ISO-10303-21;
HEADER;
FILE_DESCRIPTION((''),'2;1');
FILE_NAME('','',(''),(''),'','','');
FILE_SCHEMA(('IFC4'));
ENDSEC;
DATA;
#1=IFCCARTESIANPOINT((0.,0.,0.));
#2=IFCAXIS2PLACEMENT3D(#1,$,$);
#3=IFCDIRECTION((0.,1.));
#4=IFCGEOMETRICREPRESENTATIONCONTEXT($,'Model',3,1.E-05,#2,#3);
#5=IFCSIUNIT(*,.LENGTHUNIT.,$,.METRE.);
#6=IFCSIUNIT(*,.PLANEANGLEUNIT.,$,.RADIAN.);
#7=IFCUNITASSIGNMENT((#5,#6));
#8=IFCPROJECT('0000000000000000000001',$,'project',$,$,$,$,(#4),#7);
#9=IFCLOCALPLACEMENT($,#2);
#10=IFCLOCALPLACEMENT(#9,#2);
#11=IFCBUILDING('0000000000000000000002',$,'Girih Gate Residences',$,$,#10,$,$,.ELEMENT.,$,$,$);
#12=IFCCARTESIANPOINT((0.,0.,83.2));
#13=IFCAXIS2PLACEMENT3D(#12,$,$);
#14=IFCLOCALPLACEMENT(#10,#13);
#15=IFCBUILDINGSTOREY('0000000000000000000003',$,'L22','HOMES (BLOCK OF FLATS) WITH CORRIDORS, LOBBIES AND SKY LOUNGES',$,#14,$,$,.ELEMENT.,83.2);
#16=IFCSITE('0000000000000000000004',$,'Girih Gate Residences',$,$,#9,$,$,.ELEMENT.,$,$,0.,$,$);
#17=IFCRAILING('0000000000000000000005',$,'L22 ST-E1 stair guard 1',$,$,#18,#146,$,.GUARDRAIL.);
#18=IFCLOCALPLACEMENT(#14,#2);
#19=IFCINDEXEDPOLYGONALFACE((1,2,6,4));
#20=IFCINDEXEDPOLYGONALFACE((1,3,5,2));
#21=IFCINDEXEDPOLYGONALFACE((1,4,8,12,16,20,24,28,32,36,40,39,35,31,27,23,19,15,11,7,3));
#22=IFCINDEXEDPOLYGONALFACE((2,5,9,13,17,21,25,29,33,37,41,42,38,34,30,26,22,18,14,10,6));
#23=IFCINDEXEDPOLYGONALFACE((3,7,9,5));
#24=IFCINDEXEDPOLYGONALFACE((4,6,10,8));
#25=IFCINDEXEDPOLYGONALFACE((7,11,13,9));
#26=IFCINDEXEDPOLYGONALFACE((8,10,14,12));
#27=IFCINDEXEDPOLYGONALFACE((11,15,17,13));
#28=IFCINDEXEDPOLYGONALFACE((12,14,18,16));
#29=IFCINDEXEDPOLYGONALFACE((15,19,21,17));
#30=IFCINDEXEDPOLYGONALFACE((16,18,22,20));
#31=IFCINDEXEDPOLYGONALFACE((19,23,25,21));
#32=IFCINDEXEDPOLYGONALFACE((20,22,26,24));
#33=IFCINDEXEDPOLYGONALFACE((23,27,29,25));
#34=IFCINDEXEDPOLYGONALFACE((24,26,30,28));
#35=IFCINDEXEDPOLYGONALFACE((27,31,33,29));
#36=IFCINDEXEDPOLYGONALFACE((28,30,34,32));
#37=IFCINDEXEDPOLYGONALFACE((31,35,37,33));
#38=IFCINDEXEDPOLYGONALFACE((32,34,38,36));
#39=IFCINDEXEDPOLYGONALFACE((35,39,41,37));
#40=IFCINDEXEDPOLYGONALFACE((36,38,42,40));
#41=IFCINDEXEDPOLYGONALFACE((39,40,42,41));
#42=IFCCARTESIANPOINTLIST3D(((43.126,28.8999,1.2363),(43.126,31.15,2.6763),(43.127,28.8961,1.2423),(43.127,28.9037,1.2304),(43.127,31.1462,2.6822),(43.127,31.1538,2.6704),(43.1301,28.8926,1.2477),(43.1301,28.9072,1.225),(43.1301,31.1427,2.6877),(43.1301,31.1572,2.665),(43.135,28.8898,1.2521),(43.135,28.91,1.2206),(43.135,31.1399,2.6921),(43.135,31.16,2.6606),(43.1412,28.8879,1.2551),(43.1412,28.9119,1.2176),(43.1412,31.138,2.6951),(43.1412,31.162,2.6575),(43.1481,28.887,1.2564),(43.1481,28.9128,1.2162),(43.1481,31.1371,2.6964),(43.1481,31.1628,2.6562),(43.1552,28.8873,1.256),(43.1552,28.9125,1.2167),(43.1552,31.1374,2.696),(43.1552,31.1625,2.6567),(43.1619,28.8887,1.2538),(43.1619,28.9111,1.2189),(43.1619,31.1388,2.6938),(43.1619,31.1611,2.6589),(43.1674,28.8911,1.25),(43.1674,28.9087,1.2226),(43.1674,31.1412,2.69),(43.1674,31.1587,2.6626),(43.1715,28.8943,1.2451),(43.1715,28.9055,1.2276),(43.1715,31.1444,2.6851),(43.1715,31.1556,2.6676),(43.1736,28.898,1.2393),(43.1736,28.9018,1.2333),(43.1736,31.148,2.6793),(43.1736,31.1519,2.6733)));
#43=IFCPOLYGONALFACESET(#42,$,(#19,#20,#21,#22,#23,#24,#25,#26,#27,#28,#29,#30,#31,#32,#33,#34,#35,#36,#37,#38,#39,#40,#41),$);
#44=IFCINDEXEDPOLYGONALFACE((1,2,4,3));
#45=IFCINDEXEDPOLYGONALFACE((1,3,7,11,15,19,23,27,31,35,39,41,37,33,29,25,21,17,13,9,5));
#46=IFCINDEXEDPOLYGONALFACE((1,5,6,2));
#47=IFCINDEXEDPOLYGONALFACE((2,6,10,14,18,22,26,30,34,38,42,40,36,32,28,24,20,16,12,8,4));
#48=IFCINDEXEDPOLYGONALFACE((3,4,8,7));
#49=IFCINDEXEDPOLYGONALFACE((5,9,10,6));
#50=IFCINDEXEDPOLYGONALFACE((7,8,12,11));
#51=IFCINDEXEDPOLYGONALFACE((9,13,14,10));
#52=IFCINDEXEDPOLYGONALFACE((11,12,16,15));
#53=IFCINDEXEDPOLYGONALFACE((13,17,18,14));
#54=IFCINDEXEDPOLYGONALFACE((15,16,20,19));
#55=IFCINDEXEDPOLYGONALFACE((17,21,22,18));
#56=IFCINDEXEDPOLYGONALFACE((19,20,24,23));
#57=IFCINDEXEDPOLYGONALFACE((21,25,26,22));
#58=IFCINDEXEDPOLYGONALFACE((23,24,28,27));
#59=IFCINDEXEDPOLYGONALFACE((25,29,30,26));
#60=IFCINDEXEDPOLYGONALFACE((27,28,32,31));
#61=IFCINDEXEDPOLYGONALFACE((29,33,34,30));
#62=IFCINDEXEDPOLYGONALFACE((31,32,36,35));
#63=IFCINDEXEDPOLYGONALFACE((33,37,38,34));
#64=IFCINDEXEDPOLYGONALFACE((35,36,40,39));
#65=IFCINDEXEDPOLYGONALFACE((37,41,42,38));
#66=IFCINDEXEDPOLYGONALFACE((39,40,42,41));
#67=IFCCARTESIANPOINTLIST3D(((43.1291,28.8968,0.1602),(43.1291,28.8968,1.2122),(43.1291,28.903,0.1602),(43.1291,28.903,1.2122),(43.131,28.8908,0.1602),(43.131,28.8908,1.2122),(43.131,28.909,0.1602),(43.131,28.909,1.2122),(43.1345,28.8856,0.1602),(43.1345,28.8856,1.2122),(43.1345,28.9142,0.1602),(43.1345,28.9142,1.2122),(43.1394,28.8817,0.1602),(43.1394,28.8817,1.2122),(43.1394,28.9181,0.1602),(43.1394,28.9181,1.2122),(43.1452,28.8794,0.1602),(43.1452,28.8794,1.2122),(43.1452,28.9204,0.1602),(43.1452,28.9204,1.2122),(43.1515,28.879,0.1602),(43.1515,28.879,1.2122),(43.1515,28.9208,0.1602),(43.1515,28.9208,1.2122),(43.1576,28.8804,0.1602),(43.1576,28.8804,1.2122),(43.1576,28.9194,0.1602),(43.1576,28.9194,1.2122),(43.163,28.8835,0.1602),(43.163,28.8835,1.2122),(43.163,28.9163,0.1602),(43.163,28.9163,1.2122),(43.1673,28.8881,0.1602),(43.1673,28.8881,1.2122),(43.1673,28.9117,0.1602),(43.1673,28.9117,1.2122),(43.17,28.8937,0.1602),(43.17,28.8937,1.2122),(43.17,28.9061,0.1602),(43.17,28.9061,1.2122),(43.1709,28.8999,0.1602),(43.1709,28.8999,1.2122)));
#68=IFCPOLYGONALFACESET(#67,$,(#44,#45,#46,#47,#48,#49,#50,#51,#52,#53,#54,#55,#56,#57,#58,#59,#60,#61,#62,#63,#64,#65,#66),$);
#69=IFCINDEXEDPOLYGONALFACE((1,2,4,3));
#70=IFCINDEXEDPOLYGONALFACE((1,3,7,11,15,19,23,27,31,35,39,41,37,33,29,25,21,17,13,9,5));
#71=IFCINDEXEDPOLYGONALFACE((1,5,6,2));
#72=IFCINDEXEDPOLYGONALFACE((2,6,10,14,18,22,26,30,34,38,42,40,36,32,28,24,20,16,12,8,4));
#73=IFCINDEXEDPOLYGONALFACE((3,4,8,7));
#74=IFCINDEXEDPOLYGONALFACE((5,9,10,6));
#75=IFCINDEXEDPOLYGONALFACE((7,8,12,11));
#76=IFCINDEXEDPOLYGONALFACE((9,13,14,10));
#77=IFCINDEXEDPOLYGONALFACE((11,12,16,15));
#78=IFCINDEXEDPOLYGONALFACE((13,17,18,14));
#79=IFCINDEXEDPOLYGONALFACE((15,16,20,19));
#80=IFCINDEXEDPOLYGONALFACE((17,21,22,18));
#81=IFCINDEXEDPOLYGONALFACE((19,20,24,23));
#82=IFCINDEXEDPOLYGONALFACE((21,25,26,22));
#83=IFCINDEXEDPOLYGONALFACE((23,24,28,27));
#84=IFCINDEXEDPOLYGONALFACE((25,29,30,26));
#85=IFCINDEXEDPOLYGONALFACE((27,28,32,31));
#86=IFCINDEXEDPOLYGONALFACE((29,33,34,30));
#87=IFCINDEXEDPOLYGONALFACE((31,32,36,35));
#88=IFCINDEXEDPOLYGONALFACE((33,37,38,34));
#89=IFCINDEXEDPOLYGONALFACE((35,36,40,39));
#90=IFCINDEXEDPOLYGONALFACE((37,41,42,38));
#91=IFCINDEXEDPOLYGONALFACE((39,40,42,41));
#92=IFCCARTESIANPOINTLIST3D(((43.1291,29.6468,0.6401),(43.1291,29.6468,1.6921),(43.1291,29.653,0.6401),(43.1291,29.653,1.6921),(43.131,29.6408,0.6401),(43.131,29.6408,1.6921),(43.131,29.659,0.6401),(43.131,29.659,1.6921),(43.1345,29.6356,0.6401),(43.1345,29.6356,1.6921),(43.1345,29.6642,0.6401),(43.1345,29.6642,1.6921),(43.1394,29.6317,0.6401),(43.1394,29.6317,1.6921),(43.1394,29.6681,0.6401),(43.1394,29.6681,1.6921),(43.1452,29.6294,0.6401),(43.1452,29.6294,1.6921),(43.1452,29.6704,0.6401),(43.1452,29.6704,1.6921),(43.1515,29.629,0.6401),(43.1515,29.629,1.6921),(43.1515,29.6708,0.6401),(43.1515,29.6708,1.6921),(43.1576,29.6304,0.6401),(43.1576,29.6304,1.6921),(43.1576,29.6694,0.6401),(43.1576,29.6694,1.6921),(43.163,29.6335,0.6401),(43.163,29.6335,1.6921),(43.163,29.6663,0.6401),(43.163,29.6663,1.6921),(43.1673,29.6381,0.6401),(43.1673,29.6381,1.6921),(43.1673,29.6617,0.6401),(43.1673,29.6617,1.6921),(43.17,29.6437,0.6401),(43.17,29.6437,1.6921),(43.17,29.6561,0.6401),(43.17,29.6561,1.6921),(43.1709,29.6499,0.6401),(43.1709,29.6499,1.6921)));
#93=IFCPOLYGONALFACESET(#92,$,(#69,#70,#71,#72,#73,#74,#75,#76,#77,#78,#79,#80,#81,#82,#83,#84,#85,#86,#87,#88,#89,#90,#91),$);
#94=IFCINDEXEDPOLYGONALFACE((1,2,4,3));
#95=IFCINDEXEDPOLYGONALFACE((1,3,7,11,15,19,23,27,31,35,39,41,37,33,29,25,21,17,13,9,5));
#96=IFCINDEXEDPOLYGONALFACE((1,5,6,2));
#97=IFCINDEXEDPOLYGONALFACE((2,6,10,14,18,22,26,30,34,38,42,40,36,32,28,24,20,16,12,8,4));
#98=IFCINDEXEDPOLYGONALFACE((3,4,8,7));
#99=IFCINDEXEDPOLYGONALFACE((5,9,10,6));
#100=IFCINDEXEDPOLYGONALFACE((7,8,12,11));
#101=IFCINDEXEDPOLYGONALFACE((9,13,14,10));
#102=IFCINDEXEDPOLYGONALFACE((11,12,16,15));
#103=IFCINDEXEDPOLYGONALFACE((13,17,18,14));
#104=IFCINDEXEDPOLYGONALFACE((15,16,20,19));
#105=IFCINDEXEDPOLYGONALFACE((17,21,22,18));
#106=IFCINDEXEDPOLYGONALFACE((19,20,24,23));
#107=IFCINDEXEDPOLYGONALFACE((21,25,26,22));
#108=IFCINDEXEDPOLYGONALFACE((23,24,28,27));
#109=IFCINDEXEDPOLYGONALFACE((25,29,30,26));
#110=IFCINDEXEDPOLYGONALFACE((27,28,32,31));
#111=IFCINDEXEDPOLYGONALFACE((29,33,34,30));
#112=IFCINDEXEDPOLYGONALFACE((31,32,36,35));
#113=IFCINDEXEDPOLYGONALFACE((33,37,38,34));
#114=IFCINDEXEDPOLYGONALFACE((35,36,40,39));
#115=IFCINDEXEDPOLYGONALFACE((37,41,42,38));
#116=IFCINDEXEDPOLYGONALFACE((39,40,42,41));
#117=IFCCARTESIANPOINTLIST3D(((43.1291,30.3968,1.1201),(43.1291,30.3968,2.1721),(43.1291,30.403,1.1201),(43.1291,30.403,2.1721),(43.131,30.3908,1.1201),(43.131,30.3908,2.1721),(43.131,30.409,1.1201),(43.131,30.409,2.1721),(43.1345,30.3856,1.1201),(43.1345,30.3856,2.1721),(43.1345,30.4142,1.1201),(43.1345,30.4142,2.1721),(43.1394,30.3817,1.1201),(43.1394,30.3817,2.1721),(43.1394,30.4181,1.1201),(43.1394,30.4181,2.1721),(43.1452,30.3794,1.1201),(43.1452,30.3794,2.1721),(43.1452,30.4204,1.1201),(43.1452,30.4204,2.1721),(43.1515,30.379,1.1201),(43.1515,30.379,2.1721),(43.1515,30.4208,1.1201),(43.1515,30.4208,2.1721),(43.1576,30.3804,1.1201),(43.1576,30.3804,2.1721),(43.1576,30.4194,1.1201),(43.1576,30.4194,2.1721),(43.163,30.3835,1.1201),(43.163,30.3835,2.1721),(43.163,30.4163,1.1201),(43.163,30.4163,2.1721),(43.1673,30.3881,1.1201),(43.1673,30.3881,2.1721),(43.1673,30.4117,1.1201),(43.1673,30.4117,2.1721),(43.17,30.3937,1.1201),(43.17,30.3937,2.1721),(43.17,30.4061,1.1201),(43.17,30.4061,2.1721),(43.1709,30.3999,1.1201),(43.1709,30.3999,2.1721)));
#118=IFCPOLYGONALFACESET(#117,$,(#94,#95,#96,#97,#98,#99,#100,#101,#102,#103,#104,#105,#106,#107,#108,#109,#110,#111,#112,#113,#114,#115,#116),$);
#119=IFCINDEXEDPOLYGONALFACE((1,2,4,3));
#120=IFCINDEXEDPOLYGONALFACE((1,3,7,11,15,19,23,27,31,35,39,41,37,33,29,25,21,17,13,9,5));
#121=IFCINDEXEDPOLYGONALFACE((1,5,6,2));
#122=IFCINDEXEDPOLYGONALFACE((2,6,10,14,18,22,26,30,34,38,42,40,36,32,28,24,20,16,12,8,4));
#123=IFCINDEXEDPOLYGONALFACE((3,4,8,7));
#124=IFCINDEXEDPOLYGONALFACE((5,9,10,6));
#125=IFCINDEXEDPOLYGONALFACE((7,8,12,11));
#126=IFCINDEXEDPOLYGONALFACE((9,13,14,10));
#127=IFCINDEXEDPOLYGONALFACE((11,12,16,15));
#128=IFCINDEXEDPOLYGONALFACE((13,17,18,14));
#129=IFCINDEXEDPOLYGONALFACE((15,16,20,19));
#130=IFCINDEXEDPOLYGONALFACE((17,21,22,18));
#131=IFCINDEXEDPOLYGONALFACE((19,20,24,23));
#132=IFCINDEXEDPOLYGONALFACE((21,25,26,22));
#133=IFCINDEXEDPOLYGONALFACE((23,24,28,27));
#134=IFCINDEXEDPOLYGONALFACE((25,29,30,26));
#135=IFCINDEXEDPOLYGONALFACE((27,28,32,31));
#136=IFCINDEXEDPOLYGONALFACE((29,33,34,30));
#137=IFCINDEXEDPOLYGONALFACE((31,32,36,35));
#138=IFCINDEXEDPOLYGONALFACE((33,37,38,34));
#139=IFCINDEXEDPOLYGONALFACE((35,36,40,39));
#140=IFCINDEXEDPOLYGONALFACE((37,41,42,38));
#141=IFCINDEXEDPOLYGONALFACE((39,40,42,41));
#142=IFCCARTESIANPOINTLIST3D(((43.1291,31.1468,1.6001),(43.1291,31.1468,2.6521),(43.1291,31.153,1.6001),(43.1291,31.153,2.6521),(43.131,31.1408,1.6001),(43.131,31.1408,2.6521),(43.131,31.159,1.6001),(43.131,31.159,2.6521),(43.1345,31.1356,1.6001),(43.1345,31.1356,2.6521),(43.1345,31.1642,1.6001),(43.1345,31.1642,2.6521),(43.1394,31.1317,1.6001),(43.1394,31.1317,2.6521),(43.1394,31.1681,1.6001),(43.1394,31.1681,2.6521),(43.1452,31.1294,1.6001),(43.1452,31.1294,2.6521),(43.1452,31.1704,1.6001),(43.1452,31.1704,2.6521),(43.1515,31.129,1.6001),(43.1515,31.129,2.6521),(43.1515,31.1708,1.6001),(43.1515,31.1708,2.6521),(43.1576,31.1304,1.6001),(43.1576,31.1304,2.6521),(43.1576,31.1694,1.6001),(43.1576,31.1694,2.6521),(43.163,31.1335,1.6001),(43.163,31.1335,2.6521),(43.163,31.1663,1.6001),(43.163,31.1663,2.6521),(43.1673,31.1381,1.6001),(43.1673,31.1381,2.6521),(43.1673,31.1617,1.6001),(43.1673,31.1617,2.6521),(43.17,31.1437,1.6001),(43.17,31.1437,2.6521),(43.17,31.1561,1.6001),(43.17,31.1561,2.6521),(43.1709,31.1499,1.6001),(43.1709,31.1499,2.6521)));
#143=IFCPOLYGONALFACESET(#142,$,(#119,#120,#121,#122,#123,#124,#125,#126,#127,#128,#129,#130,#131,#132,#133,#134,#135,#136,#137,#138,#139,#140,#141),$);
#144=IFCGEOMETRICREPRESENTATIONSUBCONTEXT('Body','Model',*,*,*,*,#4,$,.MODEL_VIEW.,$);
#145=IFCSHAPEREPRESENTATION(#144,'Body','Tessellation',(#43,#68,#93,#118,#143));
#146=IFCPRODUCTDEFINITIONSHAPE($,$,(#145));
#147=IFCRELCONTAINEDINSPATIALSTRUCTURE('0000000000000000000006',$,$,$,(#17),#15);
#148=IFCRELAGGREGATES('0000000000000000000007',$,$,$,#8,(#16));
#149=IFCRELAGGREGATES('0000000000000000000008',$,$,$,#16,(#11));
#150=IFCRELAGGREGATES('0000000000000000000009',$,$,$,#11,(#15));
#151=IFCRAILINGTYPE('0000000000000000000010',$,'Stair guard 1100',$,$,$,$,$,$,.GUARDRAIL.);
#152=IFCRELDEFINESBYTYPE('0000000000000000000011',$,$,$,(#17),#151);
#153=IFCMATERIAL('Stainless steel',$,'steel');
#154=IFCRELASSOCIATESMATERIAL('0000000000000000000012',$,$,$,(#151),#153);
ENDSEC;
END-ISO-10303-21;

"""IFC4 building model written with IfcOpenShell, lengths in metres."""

from ifc_helpers import new_model, si_unit, direction, frame, origin, origin_2d, place, context, subcontext, project, spatial, circle, extrude, material, type_object, element, save


model = new_model("IFC4")

# Units and contexts
model_context = context("Model", 3, precision=1e-05, world=origin(), true_north=direction((0.0, 1.0)))
body_context = subcontext(model_context, "Body", "Model", "MODEL_VIEW")
ifc_project = project(units=[si_unit("LENGTHUNIT", "METRE"), si_unit("PLANEANGLEUNIT", "RADIAN")], contexts=[model_context])

# Site, building, storey
site_placement = place(None, origin())
site = spatial("IfcSite", under=ifc_project, at=site_placement, Name="Girih Gate Residences", CompositionType="ELEMENT", RefElevation=0.0)
building_placement = place(site_placement, origin())
building = spatial("IfcBuilding", under=site, at=building_placement, Name="Girih Gate Residences", CompositionType="ELEMENT")
storey_placement = place(building_placement, frame((0.0, 0.0, 83.2)))
storey = spatial("IfcBuildingStorey", under=building, at=storey_placement, Name="L22", Description="HOMES (BLOCK OF FLATS) WITH CORRIDORS, LOBBIES AND SKY LOUNGES", CompositionType="ELEMENT", Elevation=83.2)

# Railing
ifc_material_1 = material(Name="Stainless steel", Category="steel")
railing_type_1 = type_object("IfcRailingType", Name="Stair guard 1100", PredefinedType="GUARDRAIL", material=ifc_material_1)
railing_1_placement = place(storey_placement, frame((43.1499, 28.8999, 0.1602)))
element("IfcRailing", 1, at=railing_1_placement, inside=storey, type_object=railing_type_1, Name="L22 ST-E1 stair guard 1", PredefinedType="GUARDRAIL", context=body_context, shape_type="SweptSolid", body=[
    extrude(circle(Radius=0.0239, at=origin_2d()), frame((0.0, 0.0, 1.0762), z_axis=(0.0, 0.842281, 0.539038), x_axis=(-1.0, 0.0, 0.0)), (0.0, 0.0, 1.0), 2.6714),
    extrude(circle(Radius=0.021, at=origin_2d()), origin(), (0.0, 0.0, 1.0), 1.052),
    extrude(circle(Radius=0.021, at=origin_2d()), frame((0.0, 0.75, 0.48)), (0.0, 0.0, 1.0), 1.052),
    extrude(circle(Radius=0.021, at=origin_2d()), frame((0.0, 1.5, 0.96)), (0.0, 0.0, 1.0), 1.052),
    extrude(circle(Radius=0.021, at=origin_2d()), frame((0.0, 2.25, 1.4399)), (0.0, 0.0, 1.0), 1.052),
])

save(model, "model.ifc")
